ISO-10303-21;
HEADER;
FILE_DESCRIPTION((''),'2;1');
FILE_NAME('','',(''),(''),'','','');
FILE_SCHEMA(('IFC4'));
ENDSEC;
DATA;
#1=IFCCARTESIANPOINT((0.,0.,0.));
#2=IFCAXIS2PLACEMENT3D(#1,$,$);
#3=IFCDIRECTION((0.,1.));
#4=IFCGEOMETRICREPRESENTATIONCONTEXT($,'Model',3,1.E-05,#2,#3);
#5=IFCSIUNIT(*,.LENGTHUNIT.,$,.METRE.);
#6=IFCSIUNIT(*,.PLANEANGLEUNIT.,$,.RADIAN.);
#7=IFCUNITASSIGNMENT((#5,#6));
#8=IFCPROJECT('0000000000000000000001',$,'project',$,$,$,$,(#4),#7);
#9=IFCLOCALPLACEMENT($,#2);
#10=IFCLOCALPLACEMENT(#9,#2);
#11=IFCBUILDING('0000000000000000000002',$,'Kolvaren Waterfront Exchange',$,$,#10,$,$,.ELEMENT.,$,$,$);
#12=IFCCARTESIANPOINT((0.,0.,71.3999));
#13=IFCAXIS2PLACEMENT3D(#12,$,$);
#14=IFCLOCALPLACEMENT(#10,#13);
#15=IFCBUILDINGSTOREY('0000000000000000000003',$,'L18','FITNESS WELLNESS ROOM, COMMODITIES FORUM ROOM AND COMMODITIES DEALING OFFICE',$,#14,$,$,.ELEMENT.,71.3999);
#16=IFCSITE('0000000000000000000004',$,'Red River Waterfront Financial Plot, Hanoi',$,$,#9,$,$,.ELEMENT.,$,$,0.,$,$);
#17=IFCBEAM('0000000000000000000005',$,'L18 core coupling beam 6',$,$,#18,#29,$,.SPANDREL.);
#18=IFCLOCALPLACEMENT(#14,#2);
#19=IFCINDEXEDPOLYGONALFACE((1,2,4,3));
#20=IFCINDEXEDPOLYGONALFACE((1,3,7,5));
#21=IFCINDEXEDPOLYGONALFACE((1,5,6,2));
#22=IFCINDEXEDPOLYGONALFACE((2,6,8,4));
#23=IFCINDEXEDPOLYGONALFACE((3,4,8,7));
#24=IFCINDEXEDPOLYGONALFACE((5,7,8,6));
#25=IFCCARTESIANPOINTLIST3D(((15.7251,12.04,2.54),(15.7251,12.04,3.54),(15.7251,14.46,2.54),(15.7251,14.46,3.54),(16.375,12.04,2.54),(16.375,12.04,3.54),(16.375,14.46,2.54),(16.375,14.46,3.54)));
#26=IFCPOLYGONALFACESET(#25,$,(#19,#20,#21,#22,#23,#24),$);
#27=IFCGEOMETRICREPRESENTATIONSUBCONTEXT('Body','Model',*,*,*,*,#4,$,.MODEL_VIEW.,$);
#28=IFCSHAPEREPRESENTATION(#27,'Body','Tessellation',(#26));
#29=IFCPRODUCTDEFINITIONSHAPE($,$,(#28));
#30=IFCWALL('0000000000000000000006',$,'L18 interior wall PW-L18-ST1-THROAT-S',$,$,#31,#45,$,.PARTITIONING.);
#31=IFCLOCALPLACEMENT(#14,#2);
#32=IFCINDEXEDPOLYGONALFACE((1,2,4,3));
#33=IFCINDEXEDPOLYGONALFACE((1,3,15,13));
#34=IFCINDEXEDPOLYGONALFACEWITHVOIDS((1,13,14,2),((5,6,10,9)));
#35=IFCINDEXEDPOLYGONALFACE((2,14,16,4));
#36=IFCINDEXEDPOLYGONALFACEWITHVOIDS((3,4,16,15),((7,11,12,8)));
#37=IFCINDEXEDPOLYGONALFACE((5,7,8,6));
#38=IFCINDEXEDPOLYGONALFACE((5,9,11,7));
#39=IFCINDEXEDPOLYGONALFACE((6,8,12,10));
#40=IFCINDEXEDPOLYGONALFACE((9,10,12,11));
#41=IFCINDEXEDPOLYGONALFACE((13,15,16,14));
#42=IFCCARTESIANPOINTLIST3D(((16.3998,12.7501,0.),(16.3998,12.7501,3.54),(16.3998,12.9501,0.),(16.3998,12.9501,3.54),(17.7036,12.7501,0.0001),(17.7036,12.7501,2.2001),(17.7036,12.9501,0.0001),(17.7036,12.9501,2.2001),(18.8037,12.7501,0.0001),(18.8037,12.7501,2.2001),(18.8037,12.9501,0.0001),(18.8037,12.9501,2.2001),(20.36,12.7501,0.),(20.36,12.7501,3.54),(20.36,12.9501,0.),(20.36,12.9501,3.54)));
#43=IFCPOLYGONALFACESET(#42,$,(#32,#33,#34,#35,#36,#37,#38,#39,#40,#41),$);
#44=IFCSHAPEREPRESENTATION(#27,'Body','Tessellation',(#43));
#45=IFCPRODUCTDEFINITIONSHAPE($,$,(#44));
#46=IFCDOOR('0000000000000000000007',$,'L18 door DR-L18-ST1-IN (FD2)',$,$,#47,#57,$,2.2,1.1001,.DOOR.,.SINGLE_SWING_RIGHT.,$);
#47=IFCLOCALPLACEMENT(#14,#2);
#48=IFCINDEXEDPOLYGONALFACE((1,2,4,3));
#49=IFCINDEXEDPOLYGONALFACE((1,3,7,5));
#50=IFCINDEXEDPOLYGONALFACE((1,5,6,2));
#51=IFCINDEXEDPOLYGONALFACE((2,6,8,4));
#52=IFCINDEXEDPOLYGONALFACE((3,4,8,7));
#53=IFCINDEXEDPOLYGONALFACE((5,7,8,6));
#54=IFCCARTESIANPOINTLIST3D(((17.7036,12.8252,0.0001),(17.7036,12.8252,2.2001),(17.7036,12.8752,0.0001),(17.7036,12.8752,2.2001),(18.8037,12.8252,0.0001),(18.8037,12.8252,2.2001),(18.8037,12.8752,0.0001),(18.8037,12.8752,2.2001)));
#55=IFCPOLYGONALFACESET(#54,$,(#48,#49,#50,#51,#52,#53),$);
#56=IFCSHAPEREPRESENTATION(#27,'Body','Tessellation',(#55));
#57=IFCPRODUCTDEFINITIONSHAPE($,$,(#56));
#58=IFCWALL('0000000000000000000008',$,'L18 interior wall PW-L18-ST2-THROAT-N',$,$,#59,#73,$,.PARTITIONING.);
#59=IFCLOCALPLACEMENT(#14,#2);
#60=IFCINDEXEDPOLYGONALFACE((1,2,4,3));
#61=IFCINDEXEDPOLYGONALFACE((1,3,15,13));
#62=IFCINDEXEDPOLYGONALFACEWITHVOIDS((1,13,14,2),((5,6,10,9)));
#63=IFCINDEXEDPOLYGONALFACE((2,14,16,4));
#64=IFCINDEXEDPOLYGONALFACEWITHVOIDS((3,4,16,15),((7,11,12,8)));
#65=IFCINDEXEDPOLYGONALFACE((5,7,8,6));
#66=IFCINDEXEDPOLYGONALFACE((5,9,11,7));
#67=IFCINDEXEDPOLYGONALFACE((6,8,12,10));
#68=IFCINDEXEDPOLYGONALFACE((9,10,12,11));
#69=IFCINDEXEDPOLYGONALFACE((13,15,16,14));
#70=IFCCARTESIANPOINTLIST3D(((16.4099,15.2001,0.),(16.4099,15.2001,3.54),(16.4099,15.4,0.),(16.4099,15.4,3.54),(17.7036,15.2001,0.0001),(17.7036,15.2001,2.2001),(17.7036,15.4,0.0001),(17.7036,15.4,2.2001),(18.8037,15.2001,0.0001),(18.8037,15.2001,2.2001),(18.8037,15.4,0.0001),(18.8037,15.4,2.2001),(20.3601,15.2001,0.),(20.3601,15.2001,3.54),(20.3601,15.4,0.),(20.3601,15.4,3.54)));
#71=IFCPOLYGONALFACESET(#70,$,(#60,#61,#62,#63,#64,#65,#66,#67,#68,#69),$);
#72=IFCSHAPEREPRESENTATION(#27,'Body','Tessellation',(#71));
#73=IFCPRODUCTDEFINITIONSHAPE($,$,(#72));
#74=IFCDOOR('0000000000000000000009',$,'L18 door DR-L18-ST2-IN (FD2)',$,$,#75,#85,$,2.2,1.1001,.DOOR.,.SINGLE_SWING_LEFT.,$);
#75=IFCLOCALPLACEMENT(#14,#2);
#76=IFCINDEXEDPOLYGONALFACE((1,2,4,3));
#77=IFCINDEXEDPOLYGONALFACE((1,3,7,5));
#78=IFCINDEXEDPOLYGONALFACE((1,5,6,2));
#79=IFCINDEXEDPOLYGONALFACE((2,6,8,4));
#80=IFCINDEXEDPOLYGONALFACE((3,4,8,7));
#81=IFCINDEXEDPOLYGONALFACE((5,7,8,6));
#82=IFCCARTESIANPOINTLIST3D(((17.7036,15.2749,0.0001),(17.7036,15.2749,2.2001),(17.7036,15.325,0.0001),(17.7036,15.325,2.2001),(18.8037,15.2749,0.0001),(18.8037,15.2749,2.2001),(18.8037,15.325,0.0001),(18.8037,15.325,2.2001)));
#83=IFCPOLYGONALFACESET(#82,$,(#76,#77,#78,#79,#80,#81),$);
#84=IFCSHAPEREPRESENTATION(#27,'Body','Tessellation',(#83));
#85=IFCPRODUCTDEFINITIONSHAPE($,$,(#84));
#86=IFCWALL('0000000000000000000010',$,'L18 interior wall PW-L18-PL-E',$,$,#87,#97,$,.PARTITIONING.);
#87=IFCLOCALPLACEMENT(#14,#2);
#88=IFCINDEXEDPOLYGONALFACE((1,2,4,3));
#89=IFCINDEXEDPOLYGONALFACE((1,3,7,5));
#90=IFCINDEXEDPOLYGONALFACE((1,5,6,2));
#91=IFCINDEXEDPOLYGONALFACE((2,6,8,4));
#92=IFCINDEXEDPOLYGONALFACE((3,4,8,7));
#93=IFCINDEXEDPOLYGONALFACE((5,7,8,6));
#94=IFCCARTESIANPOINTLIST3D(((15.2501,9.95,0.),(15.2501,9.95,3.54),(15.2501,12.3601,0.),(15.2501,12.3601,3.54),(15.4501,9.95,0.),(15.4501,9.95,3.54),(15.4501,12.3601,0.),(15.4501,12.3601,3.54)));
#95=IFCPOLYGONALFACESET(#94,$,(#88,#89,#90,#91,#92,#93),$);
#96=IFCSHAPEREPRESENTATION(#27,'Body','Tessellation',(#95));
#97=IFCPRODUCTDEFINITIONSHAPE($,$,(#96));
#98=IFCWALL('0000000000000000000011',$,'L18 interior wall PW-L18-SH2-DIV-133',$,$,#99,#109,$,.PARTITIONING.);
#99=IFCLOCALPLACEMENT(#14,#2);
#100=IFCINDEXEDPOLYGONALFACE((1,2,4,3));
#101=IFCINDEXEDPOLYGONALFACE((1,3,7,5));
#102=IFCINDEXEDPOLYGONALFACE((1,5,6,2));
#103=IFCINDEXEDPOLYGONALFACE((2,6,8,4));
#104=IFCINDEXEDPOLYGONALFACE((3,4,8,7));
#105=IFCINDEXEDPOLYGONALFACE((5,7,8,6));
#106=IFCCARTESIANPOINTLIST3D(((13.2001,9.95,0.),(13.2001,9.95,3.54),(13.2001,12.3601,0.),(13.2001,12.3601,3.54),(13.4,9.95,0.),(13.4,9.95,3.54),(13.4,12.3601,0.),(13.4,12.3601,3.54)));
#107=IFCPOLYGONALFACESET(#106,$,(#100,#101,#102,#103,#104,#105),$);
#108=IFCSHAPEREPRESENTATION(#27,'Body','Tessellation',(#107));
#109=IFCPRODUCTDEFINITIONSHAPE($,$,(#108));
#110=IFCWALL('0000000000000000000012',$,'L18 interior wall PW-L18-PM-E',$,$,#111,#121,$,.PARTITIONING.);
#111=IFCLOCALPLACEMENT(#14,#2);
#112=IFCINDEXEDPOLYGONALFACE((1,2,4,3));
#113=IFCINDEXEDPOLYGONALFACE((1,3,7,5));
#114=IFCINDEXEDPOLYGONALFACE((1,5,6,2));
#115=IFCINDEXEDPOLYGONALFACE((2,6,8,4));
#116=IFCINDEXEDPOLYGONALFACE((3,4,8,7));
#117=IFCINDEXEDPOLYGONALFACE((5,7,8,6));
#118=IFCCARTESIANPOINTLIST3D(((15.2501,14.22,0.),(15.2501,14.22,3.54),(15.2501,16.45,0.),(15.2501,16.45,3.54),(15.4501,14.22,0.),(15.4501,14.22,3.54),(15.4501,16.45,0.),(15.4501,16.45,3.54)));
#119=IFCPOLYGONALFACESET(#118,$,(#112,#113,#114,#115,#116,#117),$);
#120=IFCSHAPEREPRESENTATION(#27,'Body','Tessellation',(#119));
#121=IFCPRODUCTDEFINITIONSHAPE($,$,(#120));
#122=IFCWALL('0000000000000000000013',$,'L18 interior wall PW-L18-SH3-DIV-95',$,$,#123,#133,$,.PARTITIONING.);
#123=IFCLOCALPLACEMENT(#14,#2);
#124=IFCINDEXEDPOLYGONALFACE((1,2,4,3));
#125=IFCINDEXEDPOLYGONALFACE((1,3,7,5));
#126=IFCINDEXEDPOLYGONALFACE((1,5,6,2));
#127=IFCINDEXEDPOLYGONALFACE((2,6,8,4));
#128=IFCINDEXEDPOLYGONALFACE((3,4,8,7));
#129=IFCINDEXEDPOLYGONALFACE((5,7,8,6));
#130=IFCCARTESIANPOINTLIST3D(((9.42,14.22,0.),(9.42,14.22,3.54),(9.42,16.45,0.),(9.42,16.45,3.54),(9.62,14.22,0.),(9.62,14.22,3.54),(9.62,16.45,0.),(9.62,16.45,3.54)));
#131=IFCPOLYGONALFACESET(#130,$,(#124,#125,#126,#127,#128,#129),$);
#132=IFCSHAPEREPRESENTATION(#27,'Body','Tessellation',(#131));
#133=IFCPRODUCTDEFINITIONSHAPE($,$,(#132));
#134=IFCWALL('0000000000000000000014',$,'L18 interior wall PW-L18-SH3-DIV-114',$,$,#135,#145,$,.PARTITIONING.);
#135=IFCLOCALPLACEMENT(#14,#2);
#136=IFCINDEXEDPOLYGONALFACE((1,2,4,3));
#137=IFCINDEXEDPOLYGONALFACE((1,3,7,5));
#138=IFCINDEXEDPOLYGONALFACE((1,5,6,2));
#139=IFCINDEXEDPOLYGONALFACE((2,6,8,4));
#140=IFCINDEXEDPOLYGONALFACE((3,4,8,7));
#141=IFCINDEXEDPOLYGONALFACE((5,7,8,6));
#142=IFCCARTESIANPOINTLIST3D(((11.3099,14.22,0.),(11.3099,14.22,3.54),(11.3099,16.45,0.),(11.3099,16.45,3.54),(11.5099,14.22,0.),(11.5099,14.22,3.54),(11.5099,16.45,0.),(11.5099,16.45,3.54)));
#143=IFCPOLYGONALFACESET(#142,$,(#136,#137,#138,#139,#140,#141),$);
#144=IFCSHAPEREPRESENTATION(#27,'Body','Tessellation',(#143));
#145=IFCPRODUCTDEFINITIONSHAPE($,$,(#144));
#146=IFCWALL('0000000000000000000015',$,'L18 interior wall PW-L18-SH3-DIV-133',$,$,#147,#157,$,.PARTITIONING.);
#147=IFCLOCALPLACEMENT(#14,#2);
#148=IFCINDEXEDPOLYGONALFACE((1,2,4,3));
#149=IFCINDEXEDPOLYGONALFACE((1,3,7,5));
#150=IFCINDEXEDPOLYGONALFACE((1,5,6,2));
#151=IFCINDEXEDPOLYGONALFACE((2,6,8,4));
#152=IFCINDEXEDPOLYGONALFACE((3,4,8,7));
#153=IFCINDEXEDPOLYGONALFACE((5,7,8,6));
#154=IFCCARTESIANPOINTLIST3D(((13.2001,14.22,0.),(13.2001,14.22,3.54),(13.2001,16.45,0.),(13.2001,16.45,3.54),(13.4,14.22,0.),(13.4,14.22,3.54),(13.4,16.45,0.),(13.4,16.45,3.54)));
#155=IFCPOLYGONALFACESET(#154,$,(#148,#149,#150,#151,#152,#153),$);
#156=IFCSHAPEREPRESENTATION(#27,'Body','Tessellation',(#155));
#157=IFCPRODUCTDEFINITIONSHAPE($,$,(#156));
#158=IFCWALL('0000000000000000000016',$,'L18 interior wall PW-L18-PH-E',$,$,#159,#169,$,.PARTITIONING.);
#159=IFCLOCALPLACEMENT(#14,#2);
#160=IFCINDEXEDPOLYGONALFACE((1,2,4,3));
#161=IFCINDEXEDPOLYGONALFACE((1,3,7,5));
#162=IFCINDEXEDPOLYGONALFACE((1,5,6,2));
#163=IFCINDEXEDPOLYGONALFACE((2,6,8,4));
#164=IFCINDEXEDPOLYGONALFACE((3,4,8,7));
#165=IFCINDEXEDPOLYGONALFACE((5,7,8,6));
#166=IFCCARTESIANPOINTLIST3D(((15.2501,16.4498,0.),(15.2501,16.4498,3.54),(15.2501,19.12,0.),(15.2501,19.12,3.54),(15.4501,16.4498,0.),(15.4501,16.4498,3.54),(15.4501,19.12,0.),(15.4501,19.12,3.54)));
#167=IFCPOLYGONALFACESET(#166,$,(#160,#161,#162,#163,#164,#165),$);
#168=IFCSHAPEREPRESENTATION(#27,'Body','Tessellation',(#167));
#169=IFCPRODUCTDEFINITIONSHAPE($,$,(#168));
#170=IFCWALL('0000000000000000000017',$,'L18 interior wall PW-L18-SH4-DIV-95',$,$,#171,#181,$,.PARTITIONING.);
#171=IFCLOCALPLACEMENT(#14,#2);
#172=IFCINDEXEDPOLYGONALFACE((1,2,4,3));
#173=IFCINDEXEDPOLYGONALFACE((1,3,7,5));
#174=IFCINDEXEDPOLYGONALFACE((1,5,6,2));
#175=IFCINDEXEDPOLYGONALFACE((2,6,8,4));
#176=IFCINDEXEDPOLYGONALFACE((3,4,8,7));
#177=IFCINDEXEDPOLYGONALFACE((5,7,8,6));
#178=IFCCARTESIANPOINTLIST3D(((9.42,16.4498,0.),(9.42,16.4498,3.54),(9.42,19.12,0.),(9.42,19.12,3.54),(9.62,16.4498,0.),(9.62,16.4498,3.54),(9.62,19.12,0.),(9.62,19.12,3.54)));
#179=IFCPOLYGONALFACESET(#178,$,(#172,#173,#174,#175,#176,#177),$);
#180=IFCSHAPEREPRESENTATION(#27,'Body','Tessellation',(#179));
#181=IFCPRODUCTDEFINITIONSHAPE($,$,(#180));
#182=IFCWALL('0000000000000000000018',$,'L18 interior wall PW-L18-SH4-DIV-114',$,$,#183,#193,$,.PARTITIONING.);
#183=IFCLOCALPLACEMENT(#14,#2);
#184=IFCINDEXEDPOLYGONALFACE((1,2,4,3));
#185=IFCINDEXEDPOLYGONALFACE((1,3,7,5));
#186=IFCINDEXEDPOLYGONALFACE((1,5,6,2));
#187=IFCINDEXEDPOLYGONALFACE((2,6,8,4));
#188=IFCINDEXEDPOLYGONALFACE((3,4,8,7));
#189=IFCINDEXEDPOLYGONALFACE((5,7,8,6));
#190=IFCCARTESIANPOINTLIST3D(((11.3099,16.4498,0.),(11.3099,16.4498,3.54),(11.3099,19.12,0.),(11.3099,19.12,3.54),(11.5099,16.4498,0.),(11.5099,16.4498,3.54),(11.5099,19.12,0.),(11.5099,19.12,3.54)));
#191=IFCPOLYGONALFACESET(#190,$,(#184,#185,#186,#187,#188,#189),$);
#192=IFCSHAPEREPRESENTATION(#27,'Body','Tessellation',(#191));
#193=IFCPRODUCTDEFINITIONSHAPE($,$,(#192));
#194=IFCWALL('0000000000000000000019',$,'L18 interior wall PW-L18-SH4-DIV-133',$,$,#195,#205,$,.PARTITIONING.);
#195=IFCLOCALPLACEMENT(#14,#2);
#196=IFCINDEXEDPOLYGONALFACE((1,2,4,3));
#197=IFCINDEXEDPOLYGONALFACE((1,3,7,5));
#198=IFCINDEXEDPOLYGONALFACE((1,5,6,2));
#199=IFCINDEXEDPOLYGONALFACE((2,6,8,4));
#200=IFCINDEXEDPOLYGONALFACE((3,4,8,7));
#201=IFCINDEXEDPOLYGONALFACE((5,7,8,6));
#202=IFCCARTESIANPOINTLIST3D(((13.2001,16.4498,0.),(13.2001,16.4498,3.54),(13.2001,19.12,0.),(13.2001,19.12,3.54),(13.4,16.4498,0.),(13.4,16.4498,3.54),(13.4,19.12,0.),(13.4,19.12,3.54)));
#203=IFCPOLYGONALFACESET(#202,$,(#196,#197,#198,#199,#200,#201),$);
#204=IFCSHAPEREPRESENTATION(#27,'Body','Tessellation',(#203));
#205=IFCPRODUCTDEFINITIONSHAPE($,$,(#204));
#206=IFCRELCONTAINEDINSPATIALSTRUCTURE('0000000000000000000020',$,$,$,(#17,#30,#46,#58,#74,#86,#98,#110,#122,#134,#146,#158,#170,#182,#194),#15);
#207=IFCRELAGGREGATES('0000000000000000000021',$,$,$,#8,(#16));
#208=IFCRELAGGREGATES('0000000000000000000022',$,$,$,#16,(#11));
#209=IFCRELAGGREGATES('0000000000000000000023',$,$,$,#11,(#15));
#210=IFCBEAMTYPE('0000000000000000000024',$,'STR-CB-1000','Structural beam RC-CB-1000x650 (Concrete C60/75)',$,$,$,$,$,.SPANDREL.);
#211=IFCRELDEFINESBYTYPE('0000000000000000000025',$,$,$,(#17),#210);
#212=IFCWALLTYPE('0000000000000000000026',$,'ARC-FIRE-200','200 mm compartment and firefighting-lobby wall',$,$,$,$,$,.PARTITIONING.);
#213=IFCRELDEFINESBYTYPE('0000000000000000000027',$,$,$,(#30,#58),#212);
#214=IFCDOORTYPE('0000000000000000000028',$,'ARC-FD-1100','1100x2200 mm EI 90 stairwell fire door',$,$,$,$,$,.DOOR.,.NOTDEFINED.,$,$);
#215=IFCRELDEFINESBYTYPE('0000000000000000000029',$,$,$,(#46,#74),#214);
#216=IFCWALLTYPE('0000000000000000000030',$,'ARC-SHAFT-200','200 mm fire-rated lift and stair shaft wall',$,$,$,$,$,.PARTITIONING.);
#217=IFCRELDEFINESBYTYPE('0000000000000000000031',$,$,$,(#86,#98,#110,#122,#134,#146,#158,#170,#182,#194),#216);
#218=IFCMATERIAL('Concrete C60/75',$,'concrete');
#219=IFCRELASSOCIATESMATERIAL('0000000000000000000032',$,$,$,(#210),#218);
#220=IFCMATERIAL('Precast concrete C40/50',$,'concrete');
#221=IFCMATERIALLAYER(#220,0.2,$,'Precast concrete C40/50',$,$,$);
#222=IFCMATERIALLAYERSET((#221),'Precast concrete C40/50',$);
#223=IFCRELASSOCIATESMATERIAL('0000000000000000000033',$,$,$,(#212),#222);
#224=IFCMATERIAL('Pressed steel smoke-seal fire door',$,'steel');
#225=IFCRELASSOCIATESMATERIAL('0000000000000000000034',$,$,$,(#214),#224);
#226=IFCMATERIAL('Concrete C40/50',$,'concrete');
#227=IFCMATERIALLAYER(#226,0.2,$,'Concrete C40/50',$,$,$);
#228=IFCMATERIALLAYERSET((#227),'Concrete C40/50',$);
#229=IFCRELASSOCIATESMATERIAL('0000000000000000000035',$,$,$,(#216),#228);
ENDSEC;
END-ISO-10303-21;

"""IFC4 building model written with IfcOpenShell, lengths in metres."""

from ifc_helpers import new_model, si_unit, direction, frame, frame_2d, origin, origin_2d, place, context, subcontext, project, spatial, rectangle, extrude, material, layer, layer_set, material_profile, profile_set, type_object, element, fill, save


model = new_model("IFC4")

# Units and contexts
model_context = context("Model", 3, precision=1e-05, world=origin(), true_north=direction((0.0, 1.0)))
body_context = subcontext(model_context, "Body", "Model", "MODEL_VIEW")
ifc_project = project(units=[si_unit("LENGTHUNIT", "METRE"), si_unit("PLANEANGLEUNIT", "RADIAN")], contexts=[model_context])

# Site, building, storey
site_placement = place(None, origin())
site = spatial("IfcSite", under=ifc_project, at=site_placement, Name="Red River Waterfront Financial Plot, Hanoi", CompositionType="ELEMENT", RefElevation=0.0)
building_placement = place(site_placement, origin())
building = spatial("IfcBuilding", under=site, at=building_placement, Name="Kolvaren Waterfront Exchange", CompositionType="ELEMENT")
storey_placement = place(building_placement, frame((0.0, 0.0, 71.3999)))
storey = spatial("IfcBuildingStorey", under=building, at=storey_placement, Name="L18", Description="FITNESS WELLNESS ROOM, COMMODITIES FORUM ROOM AND COMMODITIES DEALING OFFICE", CompositionType="ELEMENT", Elevation=71.3999)

# Beam
ifc_material_1 = material(Name="Concrete C60/75", Category="concrete")
ifc_material_profile = material_profile(ifc_material_1, rectangle(XDim=0.6499, YDim=1.0, at=origin_2d()), Name="RC-CB-1000x650")
ifc_profile_set = profile_set([ifc_material_profile], Name="Concrete C60/75")
beam_type = type_object("IfcBeamType", Name="STR-CB-1000", Description="Structural beam RC-CB-1000x650 (Concrete C60/75)", PredefinedType="SPANDREL", material=ifc_profile_set)
beam_placement = place(storey_placement, frame((16.05, 12.04, 3.04), z_axis=(0.0, 1.0, 0.0), x_axis=(-1.0, 0.0, 0.0)))
element("IfcBeam", 1, at=beam_placement, inside=storey, type_object=beam_type, Name="L18 core coupling beam 6", PredefinedType="SPANDREL", context=body_context, shape_type="SweptSolid", body=[
    extrude(rectangle(XDim=0.6499, YDim=1.0, at=origin_2d()), origin(), (0.0, 0.0, 1.0), 2.4199),
])

# Walls, openings, doors
ifc_material_2 = material(Name="Precast concrete C40/50", Category="concrete")
ifc_layer_1 = layer(ifc_material_2, 0.2, Name="Precast concrete C40/50")
ifc_layer_set_1 = layer_set([ifc_layer_1], Name="Precast concrete C40/50")
wall_type_1 = type_object("IfcWallType", Name="ARC-FIRE-200", Description="200 mm compartment and firefighting-lobby wall", PredefinedType="PARTITIONING", material=ifc_layer_set_1)
wall_1_placement = place(storey_placement, frame((16.3999, 12.8501, 0.0), z_axis=(0.0, 0.0, 1.0), x_axis=(1.0, 0.0, 0.0)))
wall_1 = element("IfcWall", 2, at=wall_1_placement, inside=storey, type_object=wall_type_1, Name="L18 interior wall PW-L18-ST1-THROAT-S", PredefinedType="PARTITIONING", context=body_context, shape_type="SweptSolid", body=[
    extrude(rectangle(XDim=3.9602, YDim=0.2, at=frame_2d((1.98, 0.0))), origin(), (0.0, 0.0, 1.0), 3.54),
])
opening_1_placement = place(wall_1_placement, frame((1.3037, 0.0, 0.0)))
opening_1 = element("IfcOpeningElement", 3, at=opening_1_placement, cuts=wall_1, PredefinedType="OPENING", context=body_context, shape_type="SweptSolid", body=[
    extrude(rectangle(XDim=1.1001, YDim=2.2, at=frame_2d((0.55, 1.1001))), frame((0.0, 0.1099, 0.0), z_axis=(0.0, -1.0, 0.0), x_axis=(1.0, 0.0, 0.0)), (0.0, 0.0, 1.0), 0.22),
])
ifc_material_3 = material(Name="Pressed steel smoke-seal fire door", Category="steel")
door_type = type_object("IfcDoorType", Name="ARC-FD-1100", Description="1100x2200 mm EI 90 stairwell fire door", OperationType="NOTDEFINED", PredefinedType="DOOR", material=ifc_material_3)
door_1_placement = place(opening_1_placement, frame((1.1001, 0.0, 0.0), z_axis=(0.0, 0.0, 1.0), x_axis=(-1.0, 0.0, 0.0)))
door_1 = element("IfcDoor", 4, at=door_1_placement, inside=storey, type_object=door_type, Name="L18 door DR-L18-ST1-IN (FD2)", OperationType="SINGLE_SWING_RIGHT", OverallHeight=2.2, OverallWidth=1.1001, PredefinedType="DOOR", context=body_context, shape_type="SweptSolid", body=[
    extrude(rectangle(XDim=1.1001, YDim=2.2, at=frame_2d((0.55, 1.1001))), frame((0.0, 0.0249, 0.0), z_axis=(0.0, -1.0, 0.0), x_axis=(1.0, 0.0, 0.0)), (0.0, 0.0, 1.0), 0.05),
])
fill(opening_1, door_1)
wall_2_placement = place(storey_placement, frame((16.4099, 15.3, 0.0), z_axis=(0.0, 0.0, 1.0), x_axis=(1.0, 0.0, 0.0)))
wall_2 = element("IfcWall", 5, at=wall_2_placement, inside=storey, type_object=wall_type_1, Name="L18 interior wall PW-L18-ST2-THROAT-N", PredefinedType="PARTITIONING", context=body_context, shape_type="SweptSolid", body=[
    extrude(rectangle(XDim=3.9502, YDim=0.2, at=frame_2d((1.9751, 0.0))), origin(), (0.0, 0.0, 1.0), 3.54),
])
opening_2_placement = place(wall_2_placement, frame((1.2937, 0.0, 0.0)))
opening_2 = element("IfcOpeningElement", 6, at=opening_2_placement, cuts=wall_2, PredefinedType="OPENING", context=body_context, shape_type="SweptSolid", body=[
    extrude(rectangle(XDim=1.1001, YDim=2.2, at=frame_2d((0.55, 1.1001))), frame((0.0, 0.1099, 0.0), z_axis=(0.0, -1.0, 0.0), x_axis=(1.0, 0.0, 0.0)), (0.0, 0.0, 1.0), 0.22),
])
door_2_placement = place(opening_2_placement, origin())
door_2 = element("IfcDoor", 7, at=door_2_placement, inside=storey, type_object=door_type, Name="L18 door DR-L18-ST2-IN (FD2)", OperationType="SINGLE_SWING_LEFT", OverallHeight=2.2, OverallWidth=1.1001, PredefinedType="DOOR", context=body_context, shape_type="SweptSolid", body=[
    extrude(rectangle(XDim=1.1001, YDim=2.2, at=frame_2d((0.55, 1.1001))), frame((0.0, 0.0249, 0.0), z_axis=(0.0, -1.0, 0.0), x_axis=(1.0, 0.0, 0.0)), (0.0, 0.0, 1.0), 0.05),
])
fill(opening_2, door_2)

# Walls
ifc_material_4 = material(Name="Concrete C40/50", Category="concrete")
ifc_layer_2 = layer(ifc_material_4, 0.2, Name="Concrete C40/50")
ifc_layer_set_2 = layer_set([ifc_layer_2], Name="Concrete C40/50")
wall_type_2 = type_object("IfcWallType", Name="ARC-SHAFT-200", Description="200 mm fire-rated lift and stair shaft wall", PredefinedType="PARTITIONING", material=ifc_layer_set_2)
for number, where, z_axis, x_axis, name in (
    (8, (15.3501, 9.95, 0.0), (0.0, 0.0, 1.0), (0.0, 1.0, 0.0), "L18 interior wall PW-L18-PL-E"),
    (9, (13.3, 9.95, 0.0), (0.0, 0.0, 1.0), (0.0, 1.0, 0.0), "L18 interior wall PW-L18-SH2-DIV-133"),
):
    element("IfcWall", number, at=place(storey_placement, frame(where, z_axis=z_axis, x_axis=x_axis)), inside=storey, type_object=wall_type_2, Name=name, PredefinedType="PARTITIONING", context=body_context, shape_type="SweptSolid", body=[
        extrude(rectangle(XDim=2.4102, YDim=0.2, at=frame_2d((1.2051, 0.0))), origin(), (0.0, 0.0, 1.0), 3.54),
    ])
for number, where, z_axis, x_axis, name in (
    (10, (15.3501, 14.22, 0.0), (0.0, 0.0, 1.0), (0.0, 1.0, 0.0), "L18 interior wall PW-L18-PM-E"),
    (11, (9.52, 14.22, 0.0), (0.0, 0.0, 1.0), (0.0, 1.0, 0.0), "L18 interior wall PW-L18-SH3-DIV-95"),
    (12, (11.4099, 14.22, 0.0), (0.0, 0.0, 1.0), (0.0, 1.0, 0.0), "L18 interior wall PW-L18-SH3-DIV-114"),
    (13, (13.3, 14.22, 0.0), (0.0, 0.0, 1.0), (0.0, 1.0, 0.0), "L18 interior wall PW-L18-SH3-DIV-133"),
):
    element("IfcWall", number, at=place(storey_placement, frame(where, z_axis=z_axis, x_axis=x_axis)), inside=storey, type_object=wall_type_2, Name=name, PredefinedType="PARTITIONING", context=body_context, shape_type="SweptSolid", body=[
        extrude(rectangle(XDim=2.23, YDim=0.2, at=frame_2d((1.115, 0.0))), origin(), (0.0, 0.0, 1.0), 3.54),
    ])
for number, where, z_axis, x_axis, name in (
    (14, (15.3501, 16.45, 0.0), (0.0, 0.0, 1.0), (0.0, 1.0, 0.0), "L18 interior wall PW-L18-PH-E"),
    (15, (9.52, 16.45, 0.0), (0.0, 0.0, 1.0), (0.0, 1.0, 0.0), "L18 interior wall PW-L18-SH4-DIV-95"),
    (16, (11.4099, 16.45, 0.0), (0.0, 0.0, 1.0), (0.0, 1.0, 0.0), "L18 interior wall PW-L18-SH4-DIV-114"),
    (17, (13.3, 16.45, 0.0), (0.0, 0.0, 1.0), (0.0, 1.0, 0.0), "L18 interior wall PW-L18-SH4-DIV-133"),
):
    element("IfcWall", number, at=place(storey_placement, frame(where, z_axis=z_axis, x_axis=x_axis)), inside=storey, type_object=wall_type_2, Name=name, PredefinedType="PARTITIONING", context=body_context, shape_type="SweptSolid", body=[
        extrude(rectangle(XDim=2.6702, YDim=0.2, at=frame_2d((1.335, 0.0))), origin(), (0.0, 0.0, 1.0), 3.54),
    ])

save(model, "model.ifc")
